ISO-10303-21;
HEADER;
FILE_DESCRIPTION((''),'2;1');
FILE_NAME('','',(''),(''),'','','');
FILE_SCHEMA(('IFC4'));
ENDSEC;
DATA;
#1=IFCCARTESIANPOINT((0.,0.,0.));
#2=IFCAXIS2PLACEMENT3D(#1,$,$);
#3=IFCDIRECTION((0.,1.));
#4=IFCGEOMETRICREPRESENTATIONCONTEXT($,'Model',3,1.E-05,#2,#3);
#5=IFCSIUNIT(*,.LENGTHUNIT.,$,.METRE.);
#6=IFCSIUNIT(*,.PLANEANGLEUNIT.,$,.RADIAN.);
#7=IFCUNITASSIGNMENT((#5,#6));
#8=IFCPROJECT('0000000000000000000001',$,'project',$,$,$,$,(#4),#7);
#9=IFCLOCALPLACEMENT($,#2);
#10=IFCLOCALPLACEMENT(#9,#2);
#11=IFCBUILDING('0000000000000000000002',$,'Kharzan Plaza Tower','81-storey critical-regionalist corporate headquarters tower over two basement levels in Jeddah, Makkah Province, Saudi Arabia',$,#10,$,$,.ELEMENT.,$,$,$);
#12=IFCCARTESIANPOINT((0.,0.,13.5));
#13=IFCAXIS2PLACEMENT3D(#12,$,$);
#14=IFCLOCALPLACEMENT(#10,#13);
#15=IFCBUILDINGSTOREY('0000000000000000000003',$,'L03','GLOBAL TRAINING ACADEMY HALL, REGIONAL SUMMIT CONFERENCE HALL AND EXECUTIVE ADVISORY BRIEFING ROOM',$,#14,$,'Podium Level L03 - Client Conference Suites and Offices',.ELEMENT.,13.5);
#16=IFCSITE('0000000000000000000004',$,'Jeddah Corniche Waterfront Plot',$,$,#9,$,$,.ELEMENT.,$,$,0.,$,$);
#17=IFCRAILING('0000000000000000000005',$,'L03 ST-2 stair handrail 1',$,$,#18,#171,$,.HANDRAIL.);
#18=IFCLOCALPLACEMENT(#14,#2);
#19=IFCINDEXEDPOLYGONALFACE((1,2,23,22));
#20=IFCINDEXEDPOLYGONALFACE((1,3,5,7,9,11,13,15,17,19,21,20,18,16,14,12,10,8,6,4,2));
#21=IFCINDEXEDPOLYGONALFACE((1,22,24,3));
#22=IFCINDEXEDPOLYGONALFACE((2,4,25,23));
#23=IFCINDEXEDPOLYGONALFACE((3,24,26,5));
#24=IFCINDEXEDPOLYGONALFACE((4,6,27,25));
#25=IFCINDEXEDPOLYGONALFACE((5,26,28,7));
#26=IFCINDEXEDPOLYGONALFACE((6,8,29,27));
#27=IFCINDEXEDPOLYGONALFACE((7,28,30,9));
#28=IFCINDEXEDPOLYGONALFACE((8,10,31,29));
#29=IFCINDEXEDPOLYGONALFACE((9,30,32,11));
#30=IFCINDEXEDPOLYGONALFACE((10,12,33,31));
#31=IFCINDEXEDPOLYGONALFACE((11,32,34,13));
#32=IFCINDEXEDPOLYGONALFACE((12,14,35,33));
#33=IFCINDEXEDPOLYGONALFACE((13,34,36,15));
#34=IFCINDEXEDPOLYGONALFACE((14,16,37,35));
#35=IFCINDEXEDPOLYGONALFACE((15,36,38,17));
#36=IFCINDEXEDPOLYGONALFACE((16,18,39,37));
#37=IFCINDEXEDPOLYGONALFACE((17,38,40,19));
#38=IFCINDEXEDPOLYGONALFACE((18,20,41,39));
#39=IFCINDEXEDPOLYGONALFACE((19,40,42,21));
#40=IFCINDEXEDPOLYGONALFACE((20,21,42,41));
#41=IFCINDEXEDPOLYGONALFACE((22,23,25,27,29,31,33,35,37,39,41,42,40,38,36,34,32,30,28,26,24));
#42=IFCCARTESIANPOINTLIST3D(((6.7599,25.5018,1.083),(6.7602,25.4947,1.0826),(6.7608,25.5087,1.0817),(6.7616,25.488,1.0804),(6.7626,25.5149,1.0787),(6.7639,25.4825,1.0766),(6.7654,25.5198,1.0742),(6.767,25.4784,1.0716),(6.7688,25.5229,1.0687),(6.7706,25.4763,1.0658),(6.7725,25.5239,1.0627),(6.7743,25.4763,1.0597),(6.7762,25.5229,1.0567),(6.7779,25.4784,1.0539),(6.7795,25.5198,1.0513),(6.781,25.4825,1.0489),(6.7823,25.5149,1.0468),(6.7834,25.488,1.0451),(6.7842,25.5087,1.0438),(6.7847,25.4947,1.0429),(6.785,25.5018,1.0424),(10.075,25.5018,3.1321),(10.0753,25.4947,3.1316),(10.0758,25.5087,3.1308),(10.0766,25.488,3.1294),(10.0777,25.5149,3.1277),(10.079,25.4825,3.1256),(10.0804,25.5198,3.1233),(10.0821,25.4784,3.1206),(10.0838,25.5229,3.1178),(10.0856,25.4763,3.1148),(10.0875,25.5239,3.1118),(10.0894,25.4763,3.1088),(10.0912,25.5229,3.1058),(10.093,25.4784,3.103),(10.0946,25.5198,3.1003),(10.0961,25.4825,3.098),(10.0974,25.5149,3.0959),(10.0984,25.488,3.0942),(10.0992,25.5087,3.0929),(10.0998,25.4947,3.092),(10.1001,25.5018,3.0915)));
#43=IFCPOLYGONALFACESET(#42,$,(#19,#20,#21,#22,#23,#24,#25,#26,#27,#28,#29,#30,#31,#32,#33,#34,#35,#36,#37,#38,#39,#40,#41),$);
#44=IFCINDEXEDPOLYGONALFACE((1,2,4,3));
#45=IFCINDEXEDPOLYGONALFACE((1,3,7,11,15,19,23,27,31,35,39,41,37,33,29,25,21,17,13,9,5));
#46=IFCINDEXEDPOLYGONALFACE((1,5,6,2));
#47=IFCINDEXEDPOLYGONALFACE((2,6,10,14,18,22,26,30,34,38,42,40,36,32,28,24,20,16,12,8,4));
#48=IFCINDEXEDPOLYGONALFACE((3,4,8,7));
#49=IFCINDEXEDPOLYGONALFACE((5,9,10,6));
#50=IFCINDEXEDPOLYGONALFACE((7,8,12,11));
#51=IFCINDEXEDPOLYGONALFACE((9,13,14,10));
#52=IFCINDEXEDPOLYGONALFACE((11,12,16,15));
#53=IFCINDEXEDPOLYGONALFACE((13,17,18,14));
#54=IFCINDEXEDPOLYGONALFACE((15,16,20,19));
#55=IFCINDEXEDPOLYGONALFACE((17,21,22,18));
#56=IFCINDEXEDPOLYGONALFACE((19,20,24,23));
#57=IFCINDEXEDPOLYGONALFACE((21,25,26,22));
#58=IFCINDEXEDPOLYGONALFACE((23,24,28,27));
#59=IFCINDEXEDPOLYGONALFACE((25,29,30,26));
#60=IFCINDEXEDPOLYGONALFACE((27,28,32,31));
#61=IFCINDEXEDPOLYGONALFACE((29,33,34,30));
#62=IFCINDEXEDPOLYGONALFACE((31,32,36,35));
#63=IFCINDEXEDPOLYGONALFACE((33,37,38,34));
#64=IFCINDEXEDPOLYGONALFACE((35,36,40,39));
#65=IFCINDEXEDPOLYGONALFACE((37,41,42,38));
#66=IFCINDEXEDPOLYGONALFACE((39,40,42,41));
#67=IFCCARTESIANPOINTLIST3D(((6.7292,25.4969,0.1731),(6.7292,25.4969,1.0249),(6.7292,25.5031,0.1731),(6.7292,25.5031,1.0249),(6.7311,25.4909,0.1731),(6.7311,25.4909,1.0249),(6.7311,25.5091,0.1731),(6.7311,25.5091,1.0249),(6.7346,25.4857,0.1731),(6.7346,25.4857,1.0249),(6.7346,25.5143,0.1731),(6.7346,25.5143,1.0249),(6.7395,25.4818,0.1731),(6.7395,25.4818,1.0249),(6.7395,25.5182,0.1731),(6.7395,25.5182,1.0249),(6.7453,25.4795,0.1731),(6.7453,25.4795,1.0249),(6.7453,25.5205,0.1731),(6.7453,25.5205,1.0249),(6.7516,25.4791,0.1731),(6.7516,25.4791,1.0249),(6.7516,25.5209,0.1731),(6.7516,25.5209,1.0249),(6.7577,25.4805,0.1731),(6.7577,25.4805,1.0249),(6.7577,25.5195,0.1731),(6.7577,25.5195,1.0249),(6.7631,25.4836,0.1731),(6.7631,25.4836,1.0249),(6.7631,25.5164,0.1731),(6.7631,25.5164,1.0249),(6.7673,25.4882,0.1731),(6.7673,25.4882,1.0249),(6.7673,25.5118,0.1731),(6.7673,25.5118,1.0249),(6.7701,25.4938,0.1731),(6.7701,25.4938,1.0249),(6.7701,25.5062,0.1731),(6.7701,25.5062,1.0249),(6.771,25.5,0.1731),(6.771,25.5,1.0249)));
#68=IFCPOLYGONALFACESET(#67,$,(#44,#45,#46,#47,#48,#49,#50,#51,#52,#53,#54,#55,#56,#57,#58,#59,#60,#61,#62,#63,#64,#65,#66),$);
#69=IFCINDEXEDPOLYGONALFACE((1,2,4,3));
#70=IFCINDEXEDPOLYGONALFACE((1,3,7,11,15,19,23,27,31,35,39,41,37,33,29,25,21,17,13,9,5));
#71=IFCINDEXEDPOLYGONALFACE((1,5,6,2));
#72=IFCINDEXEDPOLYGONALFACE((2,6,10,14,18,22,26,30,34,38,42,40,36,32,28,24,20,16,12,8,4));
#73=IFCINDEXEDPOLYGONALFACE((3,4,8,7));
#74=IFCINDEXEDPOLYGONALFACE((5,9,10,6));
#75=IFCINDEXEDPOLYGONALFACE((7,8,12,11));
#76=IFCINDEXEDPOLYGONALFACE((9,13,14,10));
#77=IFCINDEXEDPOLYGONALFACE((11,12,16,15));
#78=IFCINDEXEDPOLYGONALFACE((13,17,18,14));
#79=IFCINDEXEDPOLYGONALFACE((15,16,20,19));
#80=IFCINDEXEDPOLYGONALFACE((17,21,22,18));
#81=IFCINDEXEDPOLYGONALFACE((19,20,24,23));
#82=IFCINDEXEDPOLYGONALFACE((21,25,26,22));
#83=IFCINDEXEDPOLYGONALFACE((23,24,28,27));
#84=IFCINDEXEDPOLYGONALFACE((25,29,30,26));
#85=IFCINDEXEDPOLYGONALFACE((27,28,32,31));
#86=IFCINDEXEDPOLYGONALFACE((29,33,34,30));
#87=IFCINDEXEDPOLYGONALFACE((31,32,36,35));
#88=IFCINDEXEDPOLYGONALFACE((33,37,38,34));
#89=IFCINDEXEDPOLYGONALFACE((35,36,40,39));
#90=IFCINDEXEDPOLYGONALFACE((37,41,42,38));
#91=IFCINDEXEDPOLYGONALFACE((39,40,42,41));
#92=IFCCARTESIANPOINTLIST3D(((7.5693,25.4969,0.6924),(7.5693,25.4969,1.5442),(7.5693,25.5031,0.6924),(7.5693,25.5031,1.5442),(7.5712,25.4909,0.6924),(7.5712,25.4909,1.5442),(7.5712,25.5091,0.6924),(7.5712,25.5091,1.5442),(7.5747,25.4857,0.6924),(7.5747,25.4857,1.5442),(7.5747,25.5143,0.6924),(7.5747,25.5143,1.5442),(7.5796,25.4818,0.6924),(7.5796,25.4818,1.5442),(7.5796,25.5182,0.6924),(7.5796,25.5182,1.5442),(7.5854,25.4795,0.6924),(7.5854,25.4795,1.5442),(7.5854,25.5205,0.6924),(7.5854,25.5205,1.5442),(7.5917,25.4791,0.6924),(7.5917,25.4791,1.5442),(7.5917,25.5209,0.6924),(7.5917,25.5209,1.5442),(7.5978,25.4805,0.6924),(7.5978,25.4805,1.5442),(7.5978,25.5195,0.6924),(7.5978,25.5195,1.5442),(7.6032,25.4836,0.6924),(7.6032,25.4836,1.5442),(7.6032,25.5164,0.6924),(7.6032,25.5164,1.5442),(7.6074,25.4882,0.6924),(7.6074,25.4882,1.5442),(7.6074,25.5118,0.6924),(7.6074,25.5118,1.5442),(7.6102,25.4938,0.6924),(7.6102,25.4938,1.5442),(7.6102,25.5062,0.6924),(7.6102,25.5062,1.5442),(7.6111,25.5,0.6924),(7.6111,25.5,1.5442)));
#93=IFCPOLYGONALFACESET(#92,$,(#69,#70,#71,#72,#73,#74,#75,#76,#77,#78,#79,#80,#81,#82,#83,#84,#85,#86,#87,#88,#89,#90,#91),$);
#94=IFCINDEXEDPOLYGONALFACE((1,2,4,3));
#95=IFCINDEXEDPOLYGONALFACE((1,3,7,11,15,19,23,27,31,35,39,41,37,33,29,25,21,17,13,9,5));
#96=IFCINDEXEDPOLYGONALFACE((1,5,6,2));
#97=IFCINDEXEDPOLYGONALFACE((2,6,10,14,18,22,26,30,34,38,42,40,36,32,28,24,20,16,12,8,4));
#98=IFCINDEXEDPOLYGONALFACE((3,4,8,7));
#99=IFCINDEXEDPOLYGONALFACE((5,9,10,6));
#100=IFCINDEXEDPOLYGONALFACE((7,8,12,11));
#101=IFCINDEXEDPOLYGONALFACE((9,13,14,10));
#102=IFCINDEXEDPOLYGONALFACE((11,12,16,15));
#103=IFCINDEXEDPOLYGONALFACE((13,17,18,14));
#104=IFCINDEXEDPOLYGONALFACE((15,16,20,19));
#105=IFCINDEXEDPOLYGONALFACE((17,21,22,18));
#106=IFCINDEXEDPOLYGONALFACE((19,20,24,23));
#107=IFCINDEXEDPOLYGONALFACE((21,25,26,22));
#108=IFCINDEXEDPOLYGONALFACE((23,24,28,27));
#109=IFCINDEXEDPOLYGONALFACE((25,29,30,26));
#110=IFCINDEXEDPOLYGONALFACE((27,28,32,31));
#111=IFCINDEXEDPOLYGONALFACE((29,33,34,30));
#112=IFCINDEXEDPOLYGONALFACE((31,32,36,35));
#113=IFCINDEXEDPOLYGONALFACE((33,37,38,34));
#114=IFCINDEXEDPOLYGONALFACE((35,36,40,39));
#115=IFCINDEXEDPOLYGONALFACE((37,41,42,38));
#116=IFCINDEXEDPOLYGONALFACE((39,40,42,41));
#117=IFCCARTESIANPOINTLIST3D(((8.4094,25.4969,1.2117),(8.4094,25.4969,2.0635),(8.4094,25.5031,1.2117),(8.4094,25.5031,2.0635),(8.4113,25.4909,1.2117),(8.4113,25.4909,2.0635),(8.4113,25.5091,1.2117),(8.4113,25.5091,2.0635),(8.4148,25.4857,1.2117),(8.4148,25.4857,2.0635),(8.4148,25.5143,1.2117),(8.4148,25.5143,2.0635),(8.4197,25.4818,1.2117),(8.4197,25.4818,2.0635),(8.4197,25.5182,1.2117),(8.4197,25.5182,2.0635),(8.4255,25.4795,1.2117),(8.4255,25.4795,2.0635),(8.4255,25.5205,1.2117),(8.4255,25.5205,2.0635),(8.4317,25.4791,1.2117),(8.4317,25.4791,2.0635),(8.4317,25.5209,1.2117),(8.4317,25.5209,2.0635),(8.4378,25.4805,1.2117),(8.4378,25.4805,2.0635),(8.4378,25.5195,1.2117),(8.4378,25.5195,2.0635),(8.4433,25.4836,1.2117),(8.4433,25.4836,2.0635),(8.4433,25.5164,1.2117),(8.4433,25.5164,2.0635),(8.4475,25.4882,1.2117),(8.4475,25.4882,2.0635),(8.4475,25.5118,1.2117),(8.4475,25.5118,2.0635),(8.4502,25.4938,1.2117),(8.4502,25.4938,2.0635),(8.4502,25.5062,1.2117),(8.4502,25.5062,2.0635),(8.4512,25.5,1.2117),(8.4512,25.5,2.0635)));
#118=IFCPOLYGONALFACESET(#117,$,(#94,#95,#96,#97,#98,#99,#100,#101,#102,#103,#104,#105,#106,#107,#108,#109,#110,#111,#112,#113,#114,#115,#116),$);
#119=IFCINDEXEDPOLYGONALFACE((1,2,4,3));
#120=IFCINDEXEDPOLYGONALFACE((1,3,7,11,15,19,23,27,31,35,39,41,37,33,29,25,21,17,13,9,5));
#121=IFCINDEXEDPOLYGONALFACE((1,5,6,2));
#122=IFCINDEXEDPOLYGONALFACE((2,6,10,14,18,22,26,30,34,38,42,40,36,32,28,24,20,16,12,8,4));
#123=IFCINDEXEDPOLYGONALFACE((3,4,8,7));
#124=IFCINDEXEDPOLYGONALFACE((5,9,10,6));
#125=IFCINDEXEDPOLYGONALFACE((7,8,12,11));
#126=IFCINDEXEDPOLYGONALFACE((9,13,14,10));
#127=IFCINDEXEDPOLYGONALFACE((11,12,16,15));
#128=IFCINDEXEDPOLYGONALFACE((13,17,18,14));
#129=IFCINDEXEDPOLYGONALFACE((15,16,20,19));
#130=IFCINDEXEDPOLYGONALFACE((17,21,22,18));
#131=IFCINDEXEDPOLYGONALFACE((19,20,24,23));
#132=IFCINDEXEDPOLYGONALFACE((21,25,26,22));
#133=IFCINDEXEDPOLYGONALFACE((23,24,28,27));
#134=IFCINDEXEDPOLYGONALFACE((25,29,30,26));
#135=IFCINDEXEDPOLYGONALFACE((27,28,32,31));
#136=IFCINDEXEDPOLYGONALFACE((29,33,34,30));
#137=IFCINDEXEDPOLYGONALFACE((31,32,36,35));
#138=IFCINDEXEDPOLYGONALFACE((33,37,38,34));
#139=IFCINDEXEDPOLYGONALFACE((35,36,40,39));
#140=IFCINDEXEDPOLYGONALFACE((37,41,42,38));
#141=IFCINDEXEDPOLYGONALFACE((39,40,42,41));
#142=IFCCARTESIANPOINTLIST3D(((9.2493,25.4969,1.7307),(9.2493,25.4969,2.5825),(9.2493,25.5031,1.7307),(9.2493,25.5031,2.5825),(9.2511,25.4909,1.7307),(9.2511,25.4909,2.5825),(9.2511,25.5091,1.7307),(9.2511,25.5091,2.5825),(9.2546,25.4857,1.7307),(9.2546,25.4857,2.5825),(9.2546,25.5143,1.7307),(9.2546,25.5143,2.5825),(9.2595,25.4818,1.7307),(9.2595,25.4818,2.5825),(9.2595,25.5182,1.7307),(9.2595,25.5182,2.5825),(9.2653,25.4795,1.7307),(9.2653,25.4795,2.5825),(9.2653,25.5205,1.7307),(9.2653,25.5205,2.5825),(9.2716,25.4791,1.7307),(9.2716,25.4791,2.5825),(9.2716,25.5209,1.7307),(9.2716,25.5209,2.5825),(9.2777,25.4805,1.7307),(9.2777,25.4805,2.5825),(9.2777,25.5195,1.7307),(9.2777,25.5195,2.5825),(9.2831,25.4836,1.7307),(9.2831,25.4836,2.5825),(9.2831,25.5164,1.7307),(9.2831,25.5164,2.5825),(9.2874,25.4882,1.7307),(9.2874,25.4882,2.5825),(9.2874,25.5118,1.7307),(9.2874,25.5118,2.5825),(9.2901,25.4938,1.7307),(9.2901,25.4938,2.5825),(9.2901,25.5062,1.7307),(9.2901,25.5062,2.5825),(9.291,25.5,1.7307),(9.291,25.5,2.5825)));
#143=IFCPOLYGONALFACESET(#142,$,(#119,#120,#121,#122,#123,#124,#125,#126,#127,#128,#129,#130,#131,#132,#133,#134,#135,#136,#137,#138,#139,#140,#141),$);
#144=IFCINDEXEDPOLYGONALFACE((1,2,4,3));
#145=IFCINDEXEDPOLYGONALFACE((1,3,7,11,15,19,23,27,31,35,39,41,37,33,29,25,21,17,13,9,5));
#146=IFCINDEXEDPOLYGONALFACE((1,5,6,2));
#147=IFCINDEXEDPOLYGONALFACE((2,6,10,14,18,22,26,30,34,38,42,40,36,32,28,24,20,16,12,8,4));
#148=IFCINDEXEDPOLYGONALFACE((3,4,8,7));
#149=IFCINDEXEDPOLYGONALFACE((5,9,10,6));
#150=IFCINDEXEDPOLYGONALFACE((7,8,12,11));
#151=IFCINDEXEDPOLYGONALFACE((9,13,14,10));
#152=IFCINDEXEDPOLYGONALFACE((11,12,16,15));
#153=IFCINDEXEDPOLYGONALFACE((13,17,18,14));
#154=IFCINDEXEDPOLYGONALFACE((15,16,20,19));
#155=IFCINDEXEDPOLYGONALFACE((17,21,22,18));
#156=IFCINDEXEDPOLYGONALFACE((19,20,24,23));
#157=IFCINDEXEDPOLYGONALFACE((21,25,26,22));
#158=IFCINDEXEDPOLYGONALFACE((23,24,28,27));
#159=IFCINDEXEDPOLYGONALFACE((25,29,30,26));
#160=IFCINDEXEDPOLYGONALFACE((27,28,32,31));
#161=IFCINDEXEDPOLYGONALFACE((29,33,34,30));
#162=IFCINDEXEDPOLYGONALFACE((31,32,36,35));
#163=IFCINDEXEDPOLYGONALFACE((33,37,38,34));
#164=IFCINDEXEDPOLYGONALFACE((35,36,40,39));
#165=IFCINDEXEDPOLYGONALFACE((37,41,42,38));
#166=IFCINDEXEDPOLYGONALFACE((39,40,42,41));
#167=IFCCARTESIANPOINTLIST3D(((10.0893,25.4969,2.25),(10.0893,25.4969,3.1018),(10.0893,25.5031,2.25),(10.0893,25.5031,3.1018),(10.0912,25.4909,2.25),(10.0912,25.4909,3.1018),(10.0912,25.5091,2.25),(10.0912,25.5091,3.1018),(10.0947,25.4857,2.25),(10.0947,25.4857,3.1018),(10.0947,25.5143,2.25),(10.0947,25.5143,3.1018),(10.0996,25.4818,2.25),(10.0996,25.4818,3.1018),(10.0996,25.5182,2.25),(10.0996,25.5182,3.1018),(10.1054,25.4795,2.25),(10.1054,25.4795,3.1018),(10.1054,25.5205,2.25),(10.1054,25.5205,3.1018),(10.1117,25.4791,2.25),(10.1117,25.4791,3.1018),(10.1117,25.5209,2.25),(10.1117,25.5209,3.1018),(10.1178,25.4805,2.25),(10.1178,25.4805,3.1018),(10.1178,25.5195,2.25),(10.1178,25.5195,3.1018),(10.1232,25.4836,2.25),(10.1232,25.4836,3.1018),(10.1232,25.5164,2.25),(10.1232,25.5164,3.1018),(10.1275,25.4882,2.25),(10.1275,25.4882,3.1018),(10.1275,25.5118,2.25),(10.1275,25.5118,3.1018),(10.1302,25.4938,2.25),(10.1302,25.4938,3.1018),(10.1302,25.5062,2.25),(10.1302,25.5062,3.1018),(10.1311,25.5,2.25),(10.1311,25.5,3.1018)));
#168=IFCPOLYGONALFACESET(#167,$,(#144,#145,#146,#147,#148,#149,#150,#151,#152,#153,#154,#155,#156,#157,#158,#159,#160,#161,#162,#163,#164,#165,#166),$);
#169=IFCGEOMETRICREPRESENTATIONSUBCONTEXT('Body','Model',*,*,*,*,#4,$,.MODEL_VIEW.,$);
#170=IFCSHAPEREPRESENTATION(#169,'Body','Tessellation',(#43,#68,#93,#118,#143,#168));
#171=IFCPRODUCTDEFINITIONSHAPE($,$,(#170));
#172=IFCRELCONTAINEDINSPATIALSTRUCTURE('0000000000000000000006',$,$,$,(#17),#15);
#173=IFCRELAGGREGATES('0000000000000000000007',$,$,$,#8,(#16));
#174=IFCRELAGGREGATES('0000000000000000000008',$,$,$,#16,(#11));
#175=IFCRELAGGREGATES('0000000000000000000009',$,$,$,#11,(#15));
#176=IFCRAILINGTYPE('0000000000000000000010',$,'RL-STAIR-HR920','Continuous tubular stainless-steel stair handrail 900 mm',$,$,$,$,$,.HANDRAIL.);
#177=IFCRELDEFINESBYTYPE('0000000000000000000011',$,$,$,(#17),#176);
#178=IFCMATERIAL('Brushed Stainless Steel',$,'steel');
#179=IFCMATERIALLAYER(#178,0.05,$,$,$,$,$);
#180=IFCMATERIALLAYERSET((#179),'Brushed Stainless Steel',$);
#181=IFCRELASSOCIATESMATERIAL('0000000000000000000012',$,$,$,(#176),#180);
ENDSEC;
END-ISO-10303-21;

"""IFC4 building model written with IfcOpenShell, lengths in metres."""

from ifc_helpers import new_model, si_unit, direction, frame, origin, origin_2d, place, context, subcontext, project, spatial, circle, extrude, source, transform, mapped, material, layer, layer_set, type_object, element, save


model = new_model("IFC4")

# Units and contexts
model_context = context("Model", 3, precision=1e-05, world=origin(), true_north=direction((0.0, 1.0)))
body_context = subcontext(model_context, "Body", "Model", "MODEL_VIEW")
ifc_project = project(units=[si_unit("LENGTHUNIT", "METRE"), si_unit("PLANEANGLEUNIT", "RADIAN")], contexts=[model_context])

# Site, building, storey
site_placement = place(None, origin())
site = spatial("IfcSite", under=ifc_project, at=site_placement, Name="Jeddah Corniche Waterfront Plot", CompositionType="ELEMENT", RefElevation=0.0)
building_placement = place(site_placement, origin())
building = spatial("IfcBuilding", under=site, at=building_placement, Name="Kharzan Plaza Tower", Description="81-storey critical-regionalist corporate headquarters tower over two basement levels in Jeddah, Makkah Province, Saudi Arabia", CompositionType="ELEMENT")
storey_placement = place(building_placement, frame((0.0, 0.0, 13.5)))
storey = spatial("IfcBuildingStorey", under=building, at=storey_placement, Name="L03", Description="GLOBAL TRAINING ACADEMY HALL, REGIONAL SUMMIT CONFERENCE HALL AND EXECUTIVE ADVISORY BRIEFING ROOM", LongName="Podium Level L03 - Client Conference Suites and Offices", CompositionType="ELEMENT", Elevation=13.5)

# Railing
ifc_material_1 = material(Name="Brushed Stainless Steel", Category="steel")
ifc_layer_1 = layer(ifc_material_1, 0.05)
ifc_layer_set_1 = layer_set([ifc_layer_1], Name="Brushed Stainless Steel")
railing_type_1 = type_object("IfcRailingType", Name="RL-STAIR-HR920", Description="Continuous tubular stainless-steel stair handrail 900 mm", PredefinedType="HANDRAIL", material=ifc_layer_set_1)
shared_shape_1 = source(origin(), body_context, "Body", "SweptSolid", [
    extrude(circle(Radius=0.0239, at=origin_2d()), frame((0.0225, 0.0, 0.8896), z_axis=(0.850623, 0.0, 0.525776), x_axis=(0.0, 1.0, 0.0)), (0.0, 0.0, 1.0), 3.8972),
    extrude(circle(Radius=0.021, at=origin_2d()), origin(), (0.0, 0.0, 1.0), 0.8518),
    extrude(circle(Radius=0.021, at=origin_2d()), frame((0.8401, 0.0, 0.5193)), (0.0, 0.0, 1.0), 0.8518),
    extrude(circle(Radius=0.021, at=origin_2d()), frame((1.6802, 0.0, 1.0386)), (0.0, 0.0, 1.0), 0.8518),
    extrude(circle(Radius=0.021, at=origin_2d()), frame((2.52, 0.0, 1.5576)), (0.0, 0.0, 1.0), 0.8518),
    extrude(circle(Radius=0.021, at=origin_2d()), frame((3.3601, 0.0, 2.0769)), (0.0, 0.0, 1.0), 0.8518),
])
railing_1_placement = place(storey_placement, frame((6.75, 25.5, 0.1731)))
element("IfcRailing", 1, at=railing_1_placement, inside=storey, type_object=railing_type_1, Name="L03 ST-2 stair handrail 1", PredefinedType="HANDRAIL", context=body_context, shape_type="MappedRepresentation", body=[
    mapped(shared_shape_1, transform((0.0, 0.0, 0.0), x_axis=(1.0, 0.0, 0.0), y_axis=(0.0, 1.0, 0.0), z_axis=(0.0, 0.0, 1.0))),
])

save(model, "model.ifc")
